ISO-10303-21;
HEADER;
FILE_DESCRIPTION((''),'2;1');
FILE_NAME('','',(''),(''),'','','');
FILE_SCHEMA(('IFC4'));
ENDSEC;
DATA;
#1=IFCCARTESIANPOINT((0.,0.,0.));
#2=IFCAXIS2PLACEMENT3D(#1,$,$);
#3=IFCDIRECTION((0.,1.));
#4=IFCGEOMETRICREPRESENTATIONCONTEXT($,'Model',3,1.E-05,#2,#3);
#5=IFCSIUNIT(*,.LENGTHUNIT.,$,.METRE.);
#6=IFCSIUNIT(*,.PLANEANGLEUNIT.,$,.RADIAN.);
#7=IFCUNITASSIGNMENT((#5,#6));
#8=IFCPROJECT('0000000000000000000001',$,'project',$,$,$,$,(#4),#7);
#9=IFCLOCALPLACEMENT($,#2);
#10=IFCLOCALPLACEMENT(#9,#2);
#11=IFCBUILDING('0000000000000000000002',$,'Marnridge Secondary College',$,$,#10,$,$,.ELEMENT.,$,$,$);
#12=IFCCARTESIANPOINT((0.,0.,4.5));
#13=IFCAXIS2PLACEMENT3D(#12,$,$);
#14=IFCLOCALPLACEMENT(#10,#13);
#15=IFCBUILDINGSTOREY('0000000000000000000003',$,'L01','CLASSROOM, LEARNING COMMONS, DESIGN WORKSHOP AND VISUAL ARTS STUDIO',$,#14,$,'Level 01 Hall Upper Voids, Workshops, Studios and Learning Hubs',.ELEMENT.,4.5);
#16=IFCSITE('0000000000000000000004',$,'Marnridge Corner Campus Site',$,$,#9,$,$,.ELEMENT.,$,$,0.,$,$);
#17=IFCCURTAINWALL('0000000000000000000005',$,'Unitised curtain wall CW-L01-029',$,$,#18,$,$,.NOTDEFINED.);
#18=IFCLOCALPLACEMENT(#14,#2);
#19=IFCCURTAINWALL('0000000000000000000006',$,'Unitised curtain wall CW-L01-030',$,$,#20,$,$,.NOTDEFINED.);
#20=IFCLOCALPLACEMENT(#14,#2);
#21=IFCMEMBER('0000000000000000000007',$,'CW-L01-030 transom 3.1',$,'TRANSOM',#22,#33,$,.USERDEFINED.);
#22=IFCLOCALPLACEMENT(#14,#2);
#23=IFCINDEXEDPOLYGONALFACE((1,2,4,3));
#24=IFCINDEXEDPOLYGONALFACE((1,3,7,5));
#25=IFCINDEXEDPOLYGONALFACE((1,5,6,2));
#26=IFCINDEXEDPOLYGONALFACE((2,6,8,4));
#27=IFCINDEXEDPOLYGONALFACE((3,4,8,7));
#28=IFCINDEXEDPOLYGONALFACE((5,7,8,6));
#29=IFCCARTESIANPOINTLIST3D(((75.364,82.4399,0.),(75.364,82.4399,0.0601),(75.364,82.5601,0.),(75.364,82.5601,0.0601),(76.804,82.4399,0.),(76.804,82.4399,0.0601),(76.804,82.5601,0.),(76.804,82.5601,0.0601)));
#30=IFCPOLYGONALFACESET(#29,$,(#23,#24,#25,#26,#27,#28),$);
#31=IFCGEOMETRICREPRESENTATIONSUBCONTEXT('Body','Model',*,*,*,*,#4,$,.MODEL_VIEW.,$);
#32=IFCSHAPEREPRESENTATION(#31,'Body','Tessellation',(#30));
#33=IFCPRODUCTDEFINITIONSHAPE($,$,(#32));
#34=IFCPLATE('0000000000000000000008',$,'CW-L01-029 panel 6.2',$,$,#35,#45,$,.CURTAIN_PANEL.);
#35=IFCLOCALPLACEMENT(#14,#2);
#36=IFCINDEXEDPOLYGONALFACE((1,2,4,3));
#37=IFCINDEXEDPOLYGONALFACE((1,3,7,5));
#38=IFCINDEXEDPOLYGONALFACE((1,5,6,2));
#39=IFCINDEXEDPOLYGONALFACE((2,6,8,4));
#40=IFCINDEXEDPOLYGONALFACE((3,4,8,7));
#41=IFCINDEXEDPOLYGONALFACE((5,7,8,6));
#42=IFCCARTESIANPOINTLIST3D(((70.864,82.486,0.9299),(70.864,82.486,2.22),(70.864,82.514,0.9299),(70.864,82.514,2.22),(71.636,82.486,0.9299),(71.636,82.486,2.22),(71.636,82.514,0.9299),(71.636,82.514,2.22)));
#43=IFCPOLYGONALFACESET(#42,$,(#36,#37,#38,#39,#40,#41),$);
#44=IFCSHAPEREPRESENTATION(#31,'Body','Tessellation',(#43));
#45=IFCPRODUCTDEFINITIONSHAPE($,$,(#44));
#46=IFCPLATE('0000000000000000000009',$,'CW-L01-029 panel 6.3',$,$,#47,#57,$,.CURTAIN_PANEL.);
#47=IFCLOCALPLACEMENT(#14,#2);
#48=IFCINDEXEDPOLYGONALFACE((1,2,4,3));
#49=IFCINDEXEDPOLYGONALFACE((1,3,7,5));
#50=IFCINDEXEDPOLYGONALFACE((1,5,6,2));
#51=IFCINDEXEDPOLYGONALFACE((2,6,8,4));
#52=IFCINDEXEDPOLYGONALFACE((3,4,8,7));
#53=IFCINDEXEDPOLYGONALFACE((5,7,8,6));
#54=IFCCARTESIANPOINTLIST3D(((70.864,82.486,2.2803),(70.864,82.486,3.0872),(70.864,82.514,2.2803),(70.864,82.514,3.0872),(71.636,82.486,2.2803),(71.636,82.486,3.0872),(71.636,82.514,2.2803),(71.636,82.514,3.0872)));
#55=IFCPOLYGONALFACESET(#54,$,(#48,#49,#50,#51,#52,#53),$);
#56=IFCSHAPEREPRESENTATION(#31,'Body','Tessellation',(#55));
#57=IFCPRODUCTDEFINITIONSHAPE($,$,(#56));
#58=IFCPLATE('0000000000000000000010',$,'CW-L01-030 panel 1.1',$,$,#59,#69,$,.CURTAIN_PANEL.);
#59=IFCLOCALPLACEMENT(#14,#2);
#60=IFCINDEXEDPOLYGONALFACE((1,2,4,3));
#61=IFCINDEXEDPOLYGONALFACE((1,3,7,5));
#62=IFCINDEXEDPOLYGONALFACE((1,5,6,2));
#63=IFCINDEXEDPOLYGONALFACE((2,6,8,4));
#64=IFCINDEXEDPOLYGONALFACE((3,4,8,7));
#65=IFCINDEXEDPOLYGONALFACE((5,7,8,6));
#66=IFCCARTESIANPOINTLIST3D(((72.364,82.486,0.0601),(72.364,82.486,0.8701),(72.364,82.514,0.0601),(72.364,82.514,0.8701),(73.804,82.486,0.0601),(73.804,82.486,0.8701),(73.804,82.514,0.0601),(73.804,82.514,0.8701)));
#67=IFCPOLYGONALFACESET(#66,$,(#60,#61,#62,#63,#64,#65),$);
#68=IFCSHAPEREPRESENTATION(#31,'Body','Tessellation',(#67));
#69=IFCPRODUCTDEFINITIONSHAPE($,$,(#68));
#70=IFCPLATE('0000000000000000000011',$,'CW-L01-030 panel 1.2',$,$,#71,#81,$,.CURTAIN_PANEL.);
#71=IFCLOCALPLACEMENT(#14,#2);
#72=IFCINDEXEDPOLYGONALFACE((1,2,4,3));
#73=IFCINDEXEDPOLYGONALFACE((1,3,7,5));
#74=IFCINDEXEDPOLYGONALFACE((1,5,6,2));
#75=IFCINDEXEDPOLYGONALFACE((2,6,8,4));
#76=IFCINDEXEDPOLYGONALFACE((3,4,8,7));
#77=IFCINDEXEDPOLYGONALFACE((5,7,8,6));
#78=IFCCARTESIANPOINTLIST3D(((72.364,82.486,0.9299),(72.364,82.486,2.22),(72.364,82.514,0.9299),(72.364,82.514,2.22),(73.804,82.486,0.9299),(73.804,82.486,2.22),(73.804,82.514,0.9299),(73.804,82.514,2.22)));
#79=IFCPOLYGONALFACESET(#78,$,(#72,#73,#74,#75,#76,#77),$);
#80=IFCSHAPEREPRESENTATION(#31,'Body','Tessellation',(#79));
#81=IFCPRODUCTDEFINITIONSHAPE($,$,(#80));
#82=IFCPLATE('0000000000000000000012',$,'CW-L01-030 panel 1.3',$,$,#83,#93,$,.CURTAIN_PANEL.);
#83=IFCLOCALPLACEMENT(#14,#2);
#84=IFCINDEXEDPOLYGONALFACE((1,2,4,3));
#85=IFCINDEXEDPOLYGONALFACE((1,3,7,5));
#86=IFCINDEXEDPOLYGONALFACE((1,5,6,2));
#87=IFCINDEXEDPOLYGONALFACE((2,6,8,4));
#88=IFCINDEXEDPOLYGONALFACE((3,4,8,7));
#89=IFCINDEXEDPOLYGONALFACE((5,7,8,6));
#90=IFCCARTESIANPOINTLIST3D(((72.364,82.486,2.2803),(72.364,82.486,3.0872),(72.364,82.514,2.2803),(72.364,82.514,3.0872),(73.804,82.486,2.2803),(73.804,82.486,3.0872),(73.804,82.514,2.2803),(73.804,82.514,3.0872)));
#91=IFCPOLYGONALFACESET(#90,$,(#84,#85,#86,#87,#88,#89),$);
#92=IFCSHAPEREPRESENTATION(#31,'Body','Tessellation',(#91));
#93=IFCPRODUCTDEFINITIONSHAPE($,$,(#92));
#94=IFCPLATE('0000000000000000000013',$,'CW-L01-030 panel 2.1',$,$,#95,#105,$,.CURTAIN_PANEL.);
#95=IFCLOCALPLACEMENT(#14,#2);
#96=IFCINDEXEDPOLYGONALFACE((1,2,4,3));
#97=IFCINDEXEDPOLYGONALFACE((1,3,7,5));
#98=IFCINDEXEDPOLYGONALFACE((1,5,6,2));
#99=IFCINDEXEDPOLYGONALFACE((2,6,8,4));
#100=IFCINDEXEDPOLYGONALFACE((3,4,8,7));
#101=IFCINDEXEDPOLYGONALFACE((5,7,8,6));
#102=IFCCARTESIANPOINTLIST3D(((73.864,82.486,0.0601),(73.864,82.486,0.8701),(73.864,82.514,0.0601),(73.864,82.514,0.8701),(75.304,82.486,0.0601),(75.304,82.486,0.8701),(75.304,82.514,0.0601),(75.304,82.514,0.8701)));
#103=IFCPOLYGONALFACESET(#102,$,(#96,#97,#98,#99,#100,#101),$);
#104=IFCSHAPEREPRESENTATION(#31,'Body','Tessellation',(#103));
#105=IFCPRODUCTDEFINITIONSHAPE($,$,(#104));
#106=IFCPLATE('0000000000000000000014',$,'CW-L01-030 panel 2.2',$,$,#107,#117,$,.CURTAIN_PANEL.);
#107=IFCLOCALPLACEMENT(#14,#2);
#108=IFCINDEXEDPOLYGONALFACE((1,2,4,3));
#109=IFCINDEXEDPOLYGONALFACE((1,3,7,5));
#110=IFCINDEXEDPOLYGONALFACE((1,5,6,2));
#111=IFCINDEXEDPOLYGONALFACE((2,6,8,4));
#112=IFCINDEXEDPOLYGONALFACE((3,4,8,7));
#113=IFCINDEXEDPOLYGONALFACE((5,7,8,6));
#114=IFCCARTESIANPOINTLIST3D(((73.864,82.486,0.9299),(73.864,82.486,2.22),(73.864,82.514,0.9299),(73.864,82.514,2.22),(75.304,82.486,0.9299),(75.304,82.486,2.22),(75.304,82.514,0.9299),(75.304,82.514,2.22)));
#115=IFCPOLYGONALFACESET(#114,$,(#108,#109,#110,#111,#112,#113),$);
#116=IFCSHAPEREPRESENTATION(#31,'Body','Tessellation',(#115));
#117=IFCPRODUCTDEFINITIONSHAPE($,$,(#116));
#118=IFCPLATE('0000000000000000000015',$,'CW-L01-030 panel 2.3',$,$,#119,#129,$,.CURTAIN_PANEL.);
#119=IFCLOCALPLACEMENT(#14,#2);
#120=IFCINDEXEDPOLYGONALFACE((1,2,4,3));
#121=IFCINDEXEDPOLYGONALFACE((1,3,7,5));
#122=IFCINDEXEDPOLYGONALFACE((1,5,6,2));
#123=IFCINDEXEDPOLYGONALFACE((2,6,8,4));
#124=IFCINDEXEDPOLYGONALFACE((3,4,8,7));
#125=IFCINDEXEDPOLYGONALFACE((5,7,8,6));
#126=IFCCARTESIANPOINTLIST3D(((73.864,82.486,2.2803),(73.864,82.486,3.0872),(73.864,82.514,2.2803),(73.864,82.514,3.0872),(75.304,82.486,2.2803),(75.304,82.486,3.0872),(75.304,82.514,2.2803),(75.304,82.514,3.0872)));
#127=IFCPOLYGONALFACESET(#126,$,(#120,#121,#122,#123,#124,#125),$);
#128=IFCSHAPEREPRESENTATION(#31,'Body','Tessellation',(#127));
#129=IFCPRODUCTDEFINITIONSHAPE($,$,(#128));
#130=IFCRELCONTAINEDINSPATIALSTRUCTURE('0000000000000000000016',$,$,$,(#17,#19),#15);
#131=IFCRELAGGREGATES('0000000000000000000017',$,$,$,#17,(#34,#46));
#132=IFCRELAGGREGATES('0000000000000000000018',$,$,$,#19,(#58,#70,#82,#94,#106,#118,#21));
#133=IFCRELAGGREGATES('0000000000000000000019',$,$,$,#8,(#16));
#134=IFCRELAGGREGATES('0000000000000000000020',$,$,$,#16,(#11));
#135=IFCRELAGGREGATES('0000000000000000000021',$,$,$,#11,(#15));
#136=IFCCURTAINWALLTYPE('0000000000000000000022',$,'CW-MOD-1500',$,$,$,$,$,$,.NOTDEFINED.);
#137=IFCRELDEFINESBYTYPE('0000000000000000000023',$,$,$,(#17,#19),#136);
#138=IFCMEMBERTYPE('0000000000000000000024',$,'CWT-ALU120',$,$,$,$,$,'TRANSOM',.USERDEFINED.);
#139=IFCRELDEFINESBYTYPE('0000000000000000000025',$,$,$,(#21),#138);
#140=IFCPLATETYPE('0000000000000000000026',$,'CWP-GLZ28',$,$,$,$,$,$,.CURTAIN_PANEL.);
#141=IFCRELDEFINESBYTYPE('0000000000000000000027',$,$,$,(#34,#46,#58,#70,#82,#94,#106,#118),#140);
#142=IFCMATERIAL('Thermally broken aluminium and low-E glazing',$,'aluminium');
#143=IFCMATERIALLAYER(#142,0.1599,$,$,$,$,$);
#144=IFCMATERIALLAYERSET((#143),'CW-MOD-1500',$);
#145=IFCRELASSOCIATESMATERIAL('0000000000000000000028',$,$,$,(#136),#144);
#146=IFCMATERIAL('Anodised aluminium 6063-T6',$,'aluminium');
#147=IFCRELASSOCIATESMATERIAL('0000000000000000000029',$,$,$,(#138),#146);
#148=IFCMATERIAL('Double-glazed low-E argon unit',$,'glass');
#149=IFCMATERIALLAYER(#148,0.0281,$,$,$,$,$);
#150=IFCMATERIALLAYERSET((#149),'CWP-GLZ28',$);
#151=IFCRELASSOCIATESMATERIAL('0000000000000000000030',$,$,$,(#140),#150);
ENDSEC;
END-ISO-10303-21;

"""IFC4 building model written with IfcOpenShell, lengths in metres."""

from ifc_helpers import new_model, si_unit, direction, frame, origin, origin_2d, place, context, subcontext, project, spatial, rectangle, extrude, material, layer, layer_set, material_profile, profile_set, type_object, element, aggregate, save


model = new_model("IFC4")

# Units and contexts
model_context = context("Model", 3, precision=1e-05, world=origin(), true_north=direction((0.0, 1.0)))
body_context = subcontext(model_context, "Body", "Model", "MODEL_VIEW")
ifc_project = project(units=[si_unit("LENGTHUNIT", "METRE"), si_unit("PLANEANGLEUNIT", "RADIAN")], contexts=[model_context])

# Site, building, storey
site_placement = place(None, origin())
site = spatial("IfcSite", under=ifc_project, at=site_placement, Name="Marnridge Corner Campus Site", CompositionType="ELEMENT", RefElevation=0.0)
building_placement = place(site_placement, origin())
building = spatial("IfcBuilding", under=site, at=building_placement, Name="Marnridge Secondary College", CompositionType="ELEMENT")
storey_placement = place(building_placement, frame((0.0, 0.0, 4.5)))
storey = spatial("IfcBuildingStorey", under=building, at=storey_placement, Name="L01", Description="CLASSROOM, LEARNING COMMONS, DESIGN WORKSHOP AND VISUAL ARTS STUDIO", LongName="Level 01 Hall Upper Voids, Workshops, Studios and Learning Hubs", CompositionType="ELEMENT", Elevation=4.5)

# Curtain wall
ifc_material_1 = material(Name="Thermally broken aluminium and low-E glazing", Category="aluminium")
ifc_layer_1 = layer(ifc_material_1, 0.1599)
ifc_layer_set_1 = layer_set([ifc_layer_1], Name="CW-MOD-1500")
curtain_wall_type = type_object("IfcCurtainWallType", Name="CW-MOD-1500", PredefinedType="NOTDEFINED", material=ifc_layer_set_1)
curtain_wall_1_placement = place(storey_placement, origin())
curtain_wall_1 = element("IfcCurtainWall", 1, at=curtain_wall_1_placement, inside=storey, type_object=curtain_wall_type, Name="Unitised curtain wall CW-L01-029", PredefinedType="NOTDEFINED")

# Curtain wall, member
curtain_wall_2_placement = place(storey_placement, origin())
curtain_wall_2 = element("IfcCurtainWall", 2, at=curtain_wall_2_placement, inside=storey, type_object=curtain_wall_type, Name="Unitised curtain wall CW-L01-030", PredefinedType="NOTDEFINED")
ifc_material_2 = material(Name="Anodised aluminium 6063-T6", Category="aluminium")
ifc_material_profile_1 = material_profile(ifc_material_2, rectangle(XDim=0.0601, YDim=0.1201, at=origin_2d()), Name="ALU 60x120")
ifc_profile_set_1 = profile_set([ifc_material_profile_1], Name="Anodised aluminium 6063-T6")
member_type_1 = type_object("IfcMemberType", Name="CWT-ALU120", ElementType="TRANSOM", PredefinedType="USERDEFINED", material=ifc_profile_set_1)
member_1_placement = place(storey_placement, frame((75.364, 82.5, 0.03), z_axis=(1.0, 0.0, 0.0), x_axis=(0.0, 0.0, 1.0)))
member_1 = element("IfcMember", 3, at=member_1_placement, type_object=member_type_1, Name="CW-L01-030 transom 3.1", ObjectType="TRANSOM", PredefinedType="USERDEFINED", context=body_context, shape_type="SweptSolid", body=[
    extrude(rectangle(XDim=0.0601, YDim=0.1201, at=origin_2d()), origin(), (0.0, 0.0, 1.0), 1.4399),
])

# Plates
ifc_material_3 = material(Name="Double-glazed low-E argon unit", Category="glass")
ifc_layer_2 = layer(ifc_material_3, 0.0281)
ifc_layer_set_2 = layer_set([ifc_layer_2], Name="CWP-GLZ28")
plate_type = type_object("IfcPlateType", Name="CWP-GLZ28", PredefinedType="CURTAIN_PANEL", material=ifc_layer_set_2)
plate_1_placement = place(storey_placement, frame((71.25, 82.5, 0.9299), z_axis=(0.0, 0.0, 1.0), x_axis=(1.0, 0.0, 0.0)))
plate_1 = element("IfcPlate", 4, at=plate_1_placement, type_object=plate_type, Name="CW-L01-029 panel 6.2", PredefinedType="CURTAIN_PANEL", context=body_context, shape_type="SweptSolid", body=[
    extrude(rectangle(XDim=0.772, YDim=0.0281, at=origin_2d()), origin(), (0.0, 0.0, 1.0), 1.29),
])
plate_2_placement = place(storey_placement, frame((71.25, 82.5, 2.2803), z_axis=(0.0, 0.0, 1.0), x_axis=(1.0, 0.0, 0.0)))
plate_2 = element("IfcPlate", 5, at=plate_2_placement, type_object=plate_type, Name="CW-L01-029 panel 6.3", PredefinedType="CURTAIN_PANEL", context=body_context, shape_type="SweptSolid", body=[
    extrude(rectangle(XDim=0.772, YDim=0.0281, at=origin_2d()), origin(), (0.0, 0.0, 1.0), 0.8069),
])
aggregate(curtain_wall_1, [plate_1, plate_2])
plate_3_placement = place(storey_placement, frame((73.084, 82.5, 0.0601), z_axis=(0.0, 0.0, 1.0), x_axis=(1.0, 0.0, 0.0)))
plate_3 = element("IfcPlate", 6, at=plate_3_placement, type_object=plate_type, Name="CW-L01-030 panel 1.1", PredefinedType="CURTAIN_PANEL", context=body_context, shape_type="SweptSolid", body=[
    extrude(rectangle(XDim=1.4399, YDim=0.0281, at=origin_2d()), origin(), (0.0, 0.0, 1.0), 0.8101),
])
plate_4_placement = place(storey_placement, frame((73.084, 82.5, 0.9299), z_axis=(0.0, 0.0, 1.0), x_axis=(1.0, 0.0, 0.0)))
plate_4 = element("IfcPlate", 7, at=plate_4_placement, type_object=plate_type, Name="CW-L01-030 panel 1.2", PredefinedType="CURTAIN_PANEL", context=body_context, shape_type="SweptSolid", body=[
    extrude(rectangle(XDim=1.4399, YDim=0.0281, at=origin_2d()), origin(), (0.0, 0.0, 1.0), 1.29),
])
plate_5_placement = place(storey_placement, frame((73.084, 82.5, 2.2803), z_axis=(0.0, 0.0, 1.0), x_axis=(1.0, 0.0, 0.0)))
plate_5 = element("IfcPlate", 8, at=plate_5_placement, type_object=plate_type, Name="CW-L01-030 panel 1.3", PredefinedType="CURTAIN_PANEL", context=body_context, shape_type="SweptSolid", body=[
    extrude(rectangle(XDim=1.4399, YDim=0.0281, at=origin_2d()), origin(), (0.0, 0.0, 1.0), 0.8069),
])
plate_6_placement = place(storey_placement, frame((74.584, 82.5, 0.0601), z_axis=(0.0, 0.0, 1.0), x_axis=(1.0, 0.0, 0.0)))
plate_6 = element("IfcPlate", 9, at=plate_6_placement, type_object=plate_type, Name="CW-L01-030 panel 2.1", PredefinedType="CURTAIN_PANEL", context=body_context, shape_type="SweptSolid", body=[
    extrude(rectangle(XDim=1.4399, YDim=0.0281, at=origin_2d()), origin(), (0.0, 0.0, 1.0), 0.8101),
])
plate_7_placement = place(storey_placement, frame((74.584, 82.5, 0.9299), z_axis=(0.0, 0.0, 1.0), x_axis=(1.0, 0.0, 0.0)))
plate_7 = element("IfcPlate", 10, at=plate_7_placement, type_object=plate_type, Name="CW-L01-030 panel 2.2", PredefinedType="CURTAIN_PANEL", context=body_context, shape_type="SweptSolid", body=[
    extrude(rectangle(XDim=1.4399, YDim=0.0281, at=origin_2d()), origin(), (0.0, 0.0, 1.0), 1.29),
])
plate_8_placement = place(storey_placement, frame((74.584, 82.5, 2.2803), z_axis=(0.0, 0.0, 1.0), x_axis=(1.0, 0.0, 0.0)))
plate_8 = element("IfcPlate", 11, at=plate_8_placement, type_object=plate_type, Name="CW-L01-030 panel 2.3", PredefinedType="CURTAIN_PANEL", context=body_context, shape_type="SweptSolid", body=[
    extrude(rectangle(XDim=1.4399, YDim=0.0281, at=origin_2d()), origin(), (0.0, 0.0, 1.0), 0.8069),
])
aggregate(curtain_wall_2, [plate_3, plate_4, plate_5, plate_6, plate_7, plate_8, member_1])

save(model, "model.ifc")
